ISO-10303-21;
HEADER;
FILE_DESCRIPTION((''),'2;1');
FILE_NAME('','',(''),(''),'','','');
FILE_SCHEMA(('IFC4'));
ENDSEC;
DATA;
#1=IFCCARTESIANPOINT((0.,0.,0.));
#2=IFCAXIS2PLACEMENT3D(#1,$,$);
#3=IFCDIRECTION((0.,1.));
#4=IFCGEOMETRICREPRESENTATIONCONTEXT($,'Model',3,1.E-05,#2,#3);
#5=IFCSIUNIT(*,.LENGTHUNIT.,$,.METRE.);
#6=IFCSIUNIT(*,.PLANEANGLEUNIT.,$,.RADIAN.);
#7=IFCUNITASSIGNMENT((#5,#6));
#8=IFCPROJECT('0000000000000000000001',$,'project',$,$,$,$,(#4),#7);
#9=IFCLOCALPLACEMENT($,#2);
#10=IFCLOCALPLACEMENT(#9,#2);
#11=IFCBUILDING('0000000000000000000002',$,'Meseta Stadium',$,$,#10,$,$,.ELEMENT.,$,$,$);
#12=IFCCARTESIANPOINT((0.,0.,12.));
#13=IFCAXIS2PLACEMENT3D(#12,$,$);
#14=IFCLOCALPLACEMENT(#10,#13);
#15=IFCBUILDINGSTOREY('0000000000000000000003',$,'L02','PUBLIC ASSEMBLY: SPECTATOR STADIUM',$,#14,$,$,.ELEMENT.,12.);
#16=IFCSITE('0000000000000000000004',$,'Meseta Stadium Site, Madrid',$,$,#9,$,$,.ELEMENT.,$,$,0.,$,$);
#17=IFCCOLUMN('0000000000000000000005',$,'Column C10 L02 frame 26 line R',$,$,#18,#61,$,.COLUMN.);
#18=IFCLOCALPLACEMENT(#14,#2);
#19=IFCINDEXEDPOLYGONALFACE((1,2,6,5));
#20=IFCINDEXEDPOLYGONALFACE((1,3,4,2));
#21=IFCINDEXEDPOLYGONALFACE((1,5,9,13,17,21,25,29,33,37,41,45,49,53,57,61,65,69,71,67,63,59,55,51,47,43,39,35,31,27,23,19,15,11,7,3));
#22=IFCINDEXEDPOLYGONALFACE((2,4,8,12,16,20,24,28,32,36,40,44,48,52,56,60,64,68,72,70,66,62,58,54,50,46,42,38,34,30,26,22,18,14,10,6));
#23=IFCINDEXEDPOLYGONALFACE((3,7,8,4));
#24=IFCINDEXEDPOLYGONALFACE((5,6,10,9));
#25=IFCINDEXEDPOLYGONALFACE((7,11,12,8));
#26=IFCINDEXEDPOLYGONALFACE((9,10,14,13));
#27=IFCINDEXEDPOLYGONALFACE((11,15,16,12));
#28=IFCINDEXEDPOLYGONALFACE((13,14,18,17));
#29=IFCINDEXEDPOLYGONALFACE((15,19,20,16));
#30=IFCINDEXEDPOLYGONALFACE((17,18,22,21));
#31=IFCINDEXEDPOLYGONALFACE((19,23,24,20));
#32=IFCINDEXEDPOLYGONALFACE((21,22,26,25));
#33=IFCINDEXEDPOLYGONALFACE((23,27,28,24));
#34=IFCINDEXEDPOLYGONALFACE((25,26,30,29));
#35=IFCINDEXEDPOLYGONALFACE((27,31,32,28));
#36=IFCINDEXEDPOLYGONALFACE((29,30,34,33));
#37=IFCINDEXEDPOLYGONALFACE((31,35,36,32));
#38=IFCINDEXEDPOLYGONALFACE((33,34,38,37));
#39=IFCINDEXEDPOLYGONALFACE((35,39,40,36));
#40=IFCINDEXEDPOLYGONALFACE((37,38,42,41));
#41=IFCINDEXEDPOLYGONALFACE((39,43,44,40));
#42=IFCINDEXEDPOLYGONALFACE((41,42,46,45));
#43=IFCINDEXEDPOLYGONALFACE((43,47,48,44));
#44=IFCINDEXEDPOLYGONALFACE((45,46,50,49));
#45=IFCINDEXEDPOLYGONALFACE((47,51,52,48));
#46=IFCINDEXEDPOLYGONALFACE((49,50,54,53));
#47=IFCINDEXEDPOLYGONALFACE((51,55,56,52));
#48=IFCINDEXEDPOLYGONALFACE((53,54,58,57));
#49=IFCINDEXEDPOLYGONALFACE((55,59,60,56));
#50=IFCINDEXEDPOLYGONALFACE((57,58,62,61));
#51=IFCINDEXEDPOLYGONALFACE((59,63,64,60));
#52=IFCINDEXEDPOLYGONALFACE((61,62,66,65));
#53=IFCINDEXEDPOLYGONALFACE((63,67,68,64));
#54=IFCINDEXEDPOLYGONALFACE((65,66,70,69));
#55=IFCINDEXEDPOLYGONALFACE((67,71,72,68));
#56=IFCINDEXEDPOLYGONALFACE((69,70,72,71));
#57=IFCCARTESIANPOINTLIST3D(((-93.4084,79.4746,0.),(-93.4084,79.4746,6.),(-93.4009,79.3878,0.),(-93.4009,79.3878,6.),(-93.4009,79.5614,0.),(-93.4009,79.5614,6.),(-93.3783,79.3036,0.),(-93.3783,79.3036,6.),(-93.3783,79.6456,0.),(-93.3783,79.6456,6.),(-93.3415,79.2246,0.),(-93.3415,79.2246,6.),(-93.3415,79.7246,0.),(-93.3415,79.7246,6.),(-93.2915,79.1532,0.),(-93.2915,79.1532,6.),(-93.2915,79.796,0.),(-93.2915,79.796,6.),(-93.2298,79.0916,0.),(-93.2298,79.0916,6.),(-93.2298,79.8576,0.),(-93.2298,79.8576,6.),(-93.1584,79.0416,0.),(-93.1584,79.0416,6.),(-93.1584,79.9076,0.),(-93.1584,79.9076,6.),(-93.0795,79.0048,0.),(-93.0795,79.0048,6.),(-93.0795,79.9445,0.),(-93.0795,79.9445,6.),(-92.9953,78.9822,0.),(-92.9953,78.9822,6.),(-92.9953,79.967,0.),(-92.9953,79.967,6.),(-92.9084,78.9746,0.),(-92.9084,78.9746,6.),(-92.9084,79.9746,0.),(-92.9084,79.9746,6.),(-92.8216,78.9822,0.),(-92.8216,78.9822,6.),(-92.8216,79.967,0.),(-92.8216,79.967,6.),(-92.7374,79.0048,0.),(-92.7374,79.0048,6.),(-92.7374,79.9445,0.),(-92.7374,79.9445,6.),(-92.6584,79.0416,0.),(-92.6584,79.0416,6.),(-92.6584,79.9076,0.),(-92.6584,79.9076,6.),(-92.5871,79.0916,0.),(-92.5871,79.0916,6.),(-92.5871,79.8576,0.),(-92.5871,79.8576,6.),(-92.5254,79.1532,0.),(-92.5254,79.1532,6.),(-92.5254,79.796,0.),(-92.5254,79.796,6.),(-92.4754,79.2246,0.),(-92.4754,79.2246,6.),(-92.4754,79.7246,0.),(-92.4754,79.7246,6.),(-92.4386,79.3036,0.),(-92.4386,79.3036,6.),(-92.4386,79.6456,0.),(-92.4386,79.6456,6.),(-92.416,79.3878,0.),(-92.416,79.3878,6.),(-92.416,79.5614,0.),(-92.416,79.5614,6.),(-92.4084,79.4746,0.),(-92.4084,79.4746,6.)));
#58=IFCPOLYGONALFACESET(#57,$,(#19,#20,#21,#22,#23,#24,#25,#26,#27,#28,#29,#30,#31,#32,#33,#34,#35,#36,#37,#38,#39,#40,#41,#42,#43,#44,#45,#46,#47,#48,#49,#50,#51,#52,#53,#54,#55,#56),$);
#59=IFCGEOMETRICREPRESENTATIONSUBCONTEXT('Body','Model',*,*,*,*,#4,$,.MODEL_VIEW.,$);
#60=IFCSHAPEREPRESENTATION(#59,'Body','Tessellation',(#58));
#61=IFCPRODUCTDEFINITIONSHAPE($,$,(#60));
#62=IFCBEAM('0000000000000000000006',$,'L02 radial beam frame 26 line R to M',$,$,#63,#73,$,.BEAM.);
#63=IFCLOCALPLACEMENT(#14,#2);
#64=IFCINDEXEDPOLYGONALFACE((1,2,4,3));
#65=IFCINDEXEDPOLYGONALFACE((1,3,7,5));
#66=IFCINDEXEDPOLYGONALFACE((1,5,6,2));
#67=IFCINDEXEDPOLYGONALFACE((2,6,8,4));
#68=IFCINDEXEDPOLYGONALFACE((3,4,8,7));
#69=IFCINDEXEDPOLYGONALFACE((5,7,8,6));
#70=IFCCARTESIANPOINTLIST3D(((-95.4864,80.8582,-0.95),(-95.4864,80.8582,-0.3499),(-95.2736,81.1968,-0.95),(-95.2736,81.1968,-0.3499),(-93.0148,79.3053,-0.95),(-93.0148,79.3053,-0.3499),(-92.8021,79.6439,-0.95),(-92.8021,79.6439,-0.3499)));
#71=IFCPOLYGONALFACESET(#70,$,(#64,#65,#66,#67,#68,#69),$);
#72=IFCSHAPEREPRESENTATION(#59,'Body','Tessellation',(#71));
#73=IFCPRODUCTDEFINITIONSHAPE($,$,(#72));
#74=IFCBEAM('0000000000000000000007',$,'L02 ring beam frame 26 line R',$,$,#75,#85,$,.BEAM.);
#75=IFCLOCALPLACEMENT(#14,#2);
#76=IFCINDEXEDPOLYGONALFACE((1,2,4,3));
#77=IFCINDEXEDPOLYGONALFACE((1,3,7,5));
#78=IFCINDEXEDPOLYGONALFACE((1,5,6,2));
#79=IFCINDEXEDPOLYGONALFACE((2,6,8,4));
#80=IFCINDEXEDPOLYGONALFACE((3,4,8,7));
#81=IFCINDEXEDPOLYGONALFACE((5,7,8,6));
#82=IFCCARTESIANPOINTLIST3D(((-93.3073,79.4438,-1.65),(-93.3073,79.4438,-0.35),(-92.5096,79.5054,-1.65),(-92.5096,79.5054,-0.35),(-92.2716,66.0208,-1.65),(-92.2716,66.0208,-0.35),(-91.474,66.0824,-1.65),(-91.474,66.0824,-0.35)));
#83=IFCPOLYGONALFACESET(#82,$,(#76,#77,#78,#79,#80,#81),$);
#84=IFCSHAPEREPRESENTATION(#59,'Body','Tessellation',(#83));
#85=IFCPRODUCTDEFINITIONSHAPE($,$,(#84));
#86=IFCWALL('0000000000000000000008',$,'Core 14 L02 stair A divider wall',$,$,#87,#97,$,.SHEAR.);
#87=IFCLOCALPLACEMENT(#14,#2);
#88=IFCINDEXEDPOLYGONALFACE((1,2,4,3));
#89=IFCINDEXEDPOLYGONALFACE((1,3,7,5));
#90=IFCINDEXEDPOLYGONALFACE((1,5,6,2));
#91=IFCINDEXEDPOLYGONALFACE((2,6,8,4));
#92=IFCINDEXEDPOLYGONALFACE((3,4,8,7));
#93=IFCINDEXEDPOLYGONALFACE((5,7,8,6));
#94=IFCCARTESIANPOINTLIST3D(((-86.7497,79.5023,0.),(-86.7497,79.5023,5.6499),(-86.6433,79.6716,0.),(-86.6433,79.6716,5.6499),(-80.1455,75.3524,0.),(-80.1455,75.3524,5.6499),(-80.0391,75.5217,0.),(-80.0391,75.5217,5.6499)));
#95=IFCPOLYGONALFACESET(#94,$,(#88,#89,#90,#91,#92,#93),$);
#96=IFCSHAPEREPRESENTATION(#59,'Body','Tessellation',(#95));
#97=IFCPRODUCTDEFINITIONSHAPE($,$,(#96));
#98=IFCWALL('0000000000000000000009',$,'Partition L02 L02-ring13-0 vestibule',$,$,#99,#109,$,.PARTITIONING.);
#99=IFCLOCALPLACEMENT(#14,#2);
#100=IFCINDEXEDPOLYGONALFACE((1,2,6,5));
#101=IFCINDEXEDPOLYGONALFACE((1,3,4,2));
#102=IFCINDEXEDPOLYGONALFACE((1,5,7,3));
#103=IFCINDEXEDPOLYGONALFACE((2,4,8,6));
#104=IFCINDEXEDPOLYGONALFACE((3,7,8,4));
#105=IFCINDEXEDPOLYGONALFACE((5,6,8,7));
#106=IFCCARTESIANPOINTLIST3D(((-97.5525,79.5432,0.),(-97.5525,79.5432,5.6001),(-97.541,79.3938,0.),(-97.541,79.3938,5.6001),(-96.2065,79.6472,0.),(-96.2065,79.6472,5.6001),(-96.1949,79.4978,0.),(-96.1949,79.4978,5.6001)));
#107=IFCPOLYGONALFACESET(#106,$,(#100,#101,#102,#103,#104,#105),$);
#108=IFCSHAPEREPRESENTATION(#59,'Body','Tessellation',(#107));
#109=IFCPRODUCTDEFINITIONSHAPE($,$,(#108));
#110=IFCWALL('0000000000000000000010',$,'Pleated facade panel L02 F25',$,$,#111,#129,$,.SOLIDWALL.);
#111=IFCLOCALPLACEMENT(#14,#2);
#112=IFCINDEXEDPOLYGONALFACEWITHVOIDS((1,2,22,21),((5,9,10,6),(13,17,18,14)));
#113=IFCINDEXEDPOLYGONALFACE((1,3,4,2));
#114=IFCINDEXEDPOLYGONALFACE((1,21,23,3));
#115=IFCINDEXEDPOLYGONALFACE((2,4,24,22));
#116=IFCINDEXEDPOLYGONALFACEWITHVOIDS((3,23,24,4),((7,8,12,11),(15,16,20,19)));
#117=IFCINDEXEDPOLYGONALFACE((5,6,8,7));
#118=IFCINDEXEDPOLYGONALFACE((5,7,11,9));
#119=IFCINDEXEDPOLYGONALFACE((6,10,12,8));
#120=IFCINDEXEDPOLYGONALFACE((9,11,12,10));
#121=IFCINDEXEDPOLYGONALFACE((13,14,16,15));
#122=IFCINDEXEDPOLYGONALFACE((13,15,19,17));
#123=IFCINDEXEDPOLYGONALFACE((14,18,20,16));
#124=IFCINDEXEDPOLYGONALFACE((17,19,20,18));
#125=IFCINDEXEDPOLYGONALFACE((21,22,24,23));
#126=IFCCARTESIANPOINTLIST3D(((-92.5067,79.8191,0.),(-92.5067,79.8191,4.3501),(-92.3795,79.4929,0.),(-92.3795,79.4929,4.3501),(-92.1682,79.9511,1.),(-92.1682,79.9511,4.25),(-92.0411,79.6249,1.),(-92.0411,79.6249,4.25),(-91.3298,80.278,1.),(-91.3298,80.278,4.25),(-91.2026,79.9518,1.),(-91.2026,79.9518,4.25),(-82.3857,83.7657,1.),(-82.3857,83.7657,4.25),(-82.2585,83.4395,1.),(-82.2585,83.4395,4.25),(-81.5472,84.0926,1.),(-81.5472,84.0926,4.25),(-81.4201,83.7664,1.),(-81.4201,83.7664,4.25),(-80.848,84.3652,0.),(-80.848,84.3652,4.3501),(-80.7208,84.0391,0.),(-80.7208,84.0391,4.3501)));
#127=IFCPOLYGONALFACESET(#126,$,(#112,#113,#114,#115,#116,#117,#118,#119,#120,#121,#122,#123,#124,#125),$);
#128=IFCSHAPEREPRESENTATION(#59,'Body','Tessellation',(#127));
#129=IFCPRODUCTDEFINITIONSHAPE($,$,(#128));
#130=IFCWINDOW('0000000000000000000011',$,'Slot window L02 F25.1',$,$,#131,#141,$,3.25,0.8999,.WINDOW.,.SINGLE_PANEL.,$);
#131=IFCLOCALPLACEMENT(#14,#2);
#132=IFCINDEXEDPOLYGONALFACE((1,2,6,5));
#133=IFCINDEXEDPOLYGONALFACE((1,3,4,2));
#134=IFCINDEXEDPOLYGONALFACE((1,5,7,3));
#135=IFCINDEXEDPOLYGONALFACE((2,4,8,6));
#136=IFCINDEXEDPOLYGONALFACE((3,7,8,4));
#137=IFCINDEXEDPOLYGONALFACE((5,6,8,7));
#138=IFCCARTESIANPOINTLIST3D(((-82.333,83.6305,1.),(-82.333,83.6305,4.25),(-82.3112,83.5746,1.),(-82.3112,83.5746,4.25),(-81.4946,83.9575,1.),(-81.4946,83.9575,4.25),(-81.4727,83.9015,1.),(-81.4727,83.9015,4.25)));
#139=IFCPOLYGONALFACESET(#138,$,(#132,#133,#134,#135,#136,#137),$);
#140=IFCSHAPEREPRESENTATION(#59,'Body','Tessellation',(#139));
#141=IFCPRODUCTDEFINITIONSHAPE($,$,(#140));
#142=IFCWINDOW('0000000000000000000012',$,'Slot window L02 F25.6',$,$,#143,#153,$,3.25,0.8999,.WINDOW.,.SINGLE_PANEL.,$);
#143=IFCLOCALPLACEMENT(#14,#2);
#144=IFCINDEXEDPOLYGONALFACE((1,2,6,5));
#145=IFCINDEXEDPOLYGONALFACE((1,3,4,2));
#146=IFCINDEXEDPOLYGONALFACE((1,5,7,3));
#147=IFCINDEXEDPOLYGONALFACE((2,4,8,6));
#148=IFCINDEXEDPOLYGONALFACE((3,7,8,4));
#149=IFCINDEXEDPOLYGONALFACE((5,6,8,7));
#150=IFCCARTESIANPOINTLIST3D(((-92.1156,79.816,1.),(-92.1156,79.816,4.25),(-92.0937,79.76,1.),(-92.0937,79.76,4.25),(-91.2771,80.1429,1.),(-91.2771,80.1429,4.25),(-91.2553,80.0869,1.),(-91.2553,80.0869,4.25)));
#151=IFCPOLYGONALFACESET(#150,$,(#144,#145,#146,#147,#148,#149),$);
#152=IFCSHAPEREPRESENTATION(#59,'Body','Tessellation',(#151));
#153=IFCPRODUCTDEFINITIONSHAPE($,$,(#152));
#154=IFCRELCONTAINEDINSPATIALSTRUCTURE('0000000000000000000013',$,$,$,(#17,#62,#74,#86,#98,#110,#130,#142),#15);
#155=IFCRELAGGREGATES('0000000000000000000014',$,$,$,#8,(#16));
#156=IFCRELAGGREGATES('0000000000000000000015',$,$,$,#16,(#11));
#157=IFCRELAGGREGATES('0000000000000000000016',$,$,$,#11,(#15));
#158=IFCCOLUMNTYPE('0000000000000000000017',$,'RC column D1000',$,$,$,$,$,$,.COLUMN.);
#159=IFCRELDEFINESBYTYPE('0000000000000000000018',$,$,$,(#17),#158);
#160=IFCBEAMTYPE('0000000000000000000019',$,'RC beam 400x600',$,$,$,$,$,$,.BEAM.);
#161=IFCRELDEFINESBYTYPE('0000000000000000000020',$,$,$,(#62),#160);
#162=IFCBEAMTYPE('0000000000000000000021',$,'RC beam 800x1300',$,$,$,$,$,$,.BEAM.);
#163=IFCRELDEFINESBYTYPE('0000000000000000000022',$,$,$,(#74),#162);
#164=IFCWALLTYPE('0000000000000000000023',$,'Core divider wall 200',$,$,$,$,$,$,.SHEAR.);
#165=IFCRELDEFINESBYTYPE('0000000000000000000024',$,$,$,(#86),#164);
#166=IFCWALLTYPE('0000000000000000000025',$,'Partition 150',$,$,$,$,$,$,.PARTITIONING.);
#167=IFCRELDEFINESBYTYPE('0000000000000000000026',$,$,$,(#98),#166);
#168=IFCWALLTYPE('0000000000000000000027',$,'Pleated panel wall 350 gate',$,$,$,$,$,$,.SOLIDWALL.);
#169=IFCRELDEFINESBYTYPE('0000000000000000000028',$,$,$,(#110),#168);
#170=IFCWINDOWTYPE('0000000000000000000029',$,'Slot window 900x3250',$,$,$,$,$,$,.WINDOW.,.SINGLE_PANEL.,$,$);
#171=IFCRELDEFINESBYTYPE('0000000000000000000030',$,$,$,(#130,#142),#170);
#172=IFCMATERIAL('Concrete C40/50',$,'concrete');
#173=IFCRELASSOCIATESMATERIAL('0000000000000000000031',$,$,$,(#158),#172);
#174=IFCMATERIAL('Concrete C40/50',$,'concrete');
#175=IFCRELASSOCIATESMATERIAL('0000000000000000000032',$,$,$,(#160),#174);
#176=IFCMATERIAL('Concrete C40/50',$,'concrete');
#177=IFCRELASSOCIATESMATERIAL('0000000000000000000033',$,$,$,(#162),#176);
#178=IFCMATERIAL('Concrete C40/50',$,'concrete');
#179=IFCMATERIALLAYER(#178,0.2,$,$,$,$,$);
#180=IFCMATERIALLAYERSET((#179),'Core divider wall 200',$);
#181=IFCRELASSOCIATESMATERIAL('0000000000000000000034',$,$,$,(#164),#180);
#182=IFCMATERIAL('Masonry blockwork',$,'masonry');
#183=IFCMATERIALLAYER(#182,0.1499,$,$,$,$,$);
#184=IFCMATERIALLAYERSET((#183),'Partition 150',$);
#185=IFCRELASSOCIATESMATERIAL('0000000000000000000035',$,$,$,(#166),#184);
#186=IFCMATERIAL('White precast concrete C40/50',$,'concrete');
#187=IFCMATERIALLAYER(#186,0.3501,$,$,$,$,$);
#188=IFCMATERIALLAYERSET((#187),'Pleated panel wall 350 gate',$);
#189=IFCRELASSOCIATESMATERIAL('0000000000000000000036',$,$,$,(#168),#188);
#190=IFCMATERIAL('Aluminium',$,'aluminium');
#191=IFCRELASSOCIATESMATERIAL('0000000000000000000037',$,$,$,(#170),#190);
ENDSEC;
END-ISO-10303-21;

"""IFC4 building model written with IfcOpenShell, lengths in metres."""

from ifc_helpers import new_model, si_unit, direction, frame, frame_2d, origin, origin_2d, place, context, subcontext, project, spatial, rectangle, circle, extrude, material, layer, layer_set, material_profile, profile_set, type_object, element, fill, save


model = new_model("IFC4")

# Units and contexts
model_context = context("Model", 3, precision=1e-05, world=origin(), true_north=direction((0.0, 1.0)))
body_context = subcontext(model_context, "Body", "Model", "MODEL_VIEW")
ifc_project = project(units=[si_unit("LENGTHUNIT", "METRE"), si_unit("PLANEANGLEUNIT", "RADIAN")], contexts=[model_context])

# Site, building, storey
site_placement = place(None, origin())
site = spatial("IfcSite", under=ifc_project, at=site_placement, Name="Meseta Stadium Site, Madrid", CompositionType="ELEMENT", RefElevation=0.0)
building_placement = place(site_placement, origin())
building = spatial("IfcBuilding", under=site, at=building_placement, Name="Meseta Stadium", CompositionType="ELEMENT")
storey_placement = place(building_placement, frame((0.0, 0.0, 12.0)))
storey = spatial("IfcBuildingStorey", under=building, at=storey_placement, Name="L02", Description="PUBLIC ASSEMBLY: SPECTATOR STADIUM", CompositionType="ELEMENT", Elevation=12.0)

# Column
ifc_material_1 = material(Name="Concrete C40/50", Category="concrete")
ifc_material_profile_1 = material_profile(ifc_material_1, circle(Radius=0.5, at=origin_2d()), Name="RC D1000")
ifc_profile_set_1 = profile_set([ifc_material_profile_1], Name="Concrete C40/50")
column_type = type_object("IfcColumnType", Name="RC column D1000", PredefinedType="COLUMN", material=ifc_profile_set_1)
column_placement = place(storey_placement, frame((-92.9084, 79.4746, 0.0), z_axis=(0.0, 0.0, 1.0), x_axis=(1.0, 0.0, 0.0)))
element("IfcColumn", 1, at=column_placement, inside=storey, type_object=column_type, Name="Column C10 L02 frame 26 line R", PredefinedType="COLUMN", context=body_context, shape_type="SweptSolid", body=[
    extrude(circle(Radius=0.5, at=origin_2d()), origin(), (0.0, 0.0, 1.0), 6.0),
])

# Beams
ifc_material_2 = material(Name="Concrete C40/50", Category="concrete")
ifc_material_profile_2 = material_profile(ifc_material_2, rectangle(XDim=0.3999, YDim=0.6001, at=origin_2d()), Name="RC 400x600")
ifc_profile_set_2 = profile_set([ifc_material_profile_2], Name="Concrete C40/50")
beam_type_1 = type_object("IfcBeamType", Name="RC beam 400x600", PredefinedType="BEAM", material=ifc_profile_set_2)
beam_1_placement = place(storey_placement, frame((-92.9084, 79.4746, -0.6499), z_axis=(-0.846737, 0.532012, 0.0), x_axis=(-0.532012, -0.846737, 0.0)))
element("IfcBeam", 2, at=beam_1_placement, inside=storey, type_object=beam_type_1, Name="L02 radial beam frame 26 line R to M", PredefinedType="BEAM", context=body_context, shape_type="SweptSolid", body=[
    extrude(rectangle(XDim=0.3999, YDim=0.6001, at=origin_2d()), origin(), (0.0, 0.0, 1.0), 2.9189),
])
ifc_material_3 = material(Name="Concrete C40/50", Category="concrete")
ifc_material_profile_3 = material_profile(ifc_material_3, rectangle(XDim=0.8, YDim=1.3, at=origin_2d()), Name="RC 800x1300")
ifc_profile_set_3 = profile_set([ifc_material_profile_3], Name="Concrete C40/50")
beam_type_2 = type_object("IfcBeamType", Name="RC beam 800x1300", PredefinedType="BEAM", material=ifc_profile_set_3)
beam_2_placement = place(storey_placement, frame((-92.9084, 79.4746, -1.0), z_axis=(0.076925, -0.997037, 0.0), x_axis=(0.997037, 0.076925, 0.0)))
element("IfcBeam", 3, at=beam_2_placement, inside=storey, type_object=beam_type_2, Name="L02 ring beam frame 26 line R", PredefinedType="BEAM", context=body_context, shape_type="SweptSolid", body=[
    extrude(rectangle(XDim=0.8, YDim=1.3, at=origin_2d()), origin(), (0.0, 0.0, 1.0), 13.4629),
])

# Walls
ifc_material_4 = material(Name="Concrete C40/50", Category="concrete")
ifc_layer_1 = layer(ifc_material_4, 0.2)
ifc_layer_set_1 = layer_set([ifc_layer_1], Name="Core divider wall 200")
wall_type_1 = type_object("IfcWallType", Name="Core divider wall 200", PredefinedType="SHEAR", material=ifc_layer_set_1)
wall_1_placement = place(storey_placement, frame((-86.6965, 79.5869, 0.0), z_axis=(0.0, 0.0, 1.0), x_axis=(0.846714, -0.532048, 0.0)))
element("IfcWall", 4, at=wall_1_placement, inside=storey, type_object=wall_type_1, Name="Core 14 L02 stair A divider wall", PredefinedType="SHEAR", context=body_context, shape_type="SweptSolid", body=[
    extrude(rectangle(XDim=7.7998, YDim=0.2, at=frame_2d((3.8999, 0.0))), origin(), (0.0, 0.0, 1.0), 5.6499),
])
ifc_material_5 = material(Name="Masonry blockwork", Category="masonry")
ifc_layer_2 = layer(ifc_material_5, 0.1499)
ifc_layer_set_2 = layer_set([ifc_layer_2], Name="Partition 150")
wall_type_2 = type_object("IfcWallType", Name="Partition 150", PredefinedType="PARTITIONING", material=ifc_layer_set_2)
wall_2_placement = place(storey_placement, frame((-96.2007, 79.5725, 0.0), z_axis=(0.0, 0.0, 1.0), x_axis=(-0.997029, -0.077028, 0.0)))
element("IfcWall", 5, at=wall_2_placement, inside=storey, type_object=wall_type_2, Name="Partition L02 L02-ring13-0 vestibule", PredefinedType="PARTITIONING", context=body_context, shape_type="SweptSolid", body=[
    extrude(rectangle(XDim=1.3501, YDim=0.1499, at=frame_2d((0.675, 0.0))), origin(), (0.0, 0.0, 1.0), 5.6001),
])

# Wall, openings, windows
ifc_material_6 = material(Name="White precast concrete C40/50", Category="concrete")
ifc_layer_3 = layer(ifc_material_6, 0.3501)
ifc_layer_set_3 = layer_set([ifc_layer_3], Name="Pleated panel wall 350 gate")
wall_type_3 = type_object("IfcWallType", Name="Pleated panel wall 350 gate", PredefinedType="SOLIDWALL", material=ifc_layer_set_3)
wall_3_placement = place(storey_placement, frame((-92.4431, 79.656, 0.0), z_axis=(0.0, 0.0, 1.0), x_axis=(0.931675, 0.363293, 0.0)))
wall_3 = element("IfcWall", 6, at=wall_3_placement, inside=storey, type_object=wall_type_3, Name="Pleated facade panel L02 F25", PredefinedType="SOLIDWALL", context=body_context, shape_type="SweptSolid", body=[
    extrude(rectangle(XDim=12.5137, YDim=0.3501, at=frame_2d((6.2568, 0.0))), origin(), (0.0, 0.0, 1.0), 4.3501),
])
opening_1_placement = place(wall_3_placement, frame((10.8633, 0.0, 1.0)))
opening_1 = element("IfcOpeningElement", 7, at=opening_1_placement, cuts=wall_3, PredefinedType="OPENING", context=body_context, shape_type="SweptSolid", body=[
    extrude(rectangle(XDim=0.8999, YDim=3.25, at=frame_2d((0.45, 1.625))), frame((0.0, 0.1851, 0.0), z_axis=(0.0, -1.0, 0.0), x_axis=(1.0, 0.0, 0.0)), (0.0, 0.0, 1.0), 0.3701),
])
opening_2_placement = place(wall_3_placement, frame((0.3633, 0.0, 1.0)))
opening_2 = element("IfcOpeningElement", 8, at=opening_2_placement, cuts=wall_3, PredefinedType="OPENING", context=body_context, shape_type="SweptSolid", body=[
    extrude(rectangle(XDim=0.8999, YDim=3.25, at=frame_2d((0.45, 1.625))), frame((0.0, 0.1851, 0.0), z_axis=(0.0, -1.0, 0.0), x_axis=(1.0, 0.0, 0.0)), (0.0, 0.0, 1.0), 0.3701),
])
ifc_material_7 = material(Name="Aluminium", Category="aluminium")
window_type = type_object("IfcWindowType", Name="Slot window 900x3250", PartitioningType="SINGLE_PANEL", PredefinedType="WINDOW", material=ifc_material_7)
window_1_placement = place(opening_1_placement, origin())
window_1 = element("IfcWindow", 9, at=window_1_placement, inside=storey, type_object=window_type, Name="Slot window L02 F25.1", OverallHeight=3.25, OverallWidth=0.8999, PartitioningType="SINGLE_PANEL", PredefinedType="WINDOW", context=body_context, shape_type="SweptSolid", body=[
    extrude(rectangle(XDim=0.8999, YDim=3.25, at=frame_2d((0.45, 1.625))), frame((0.0, 0.03, 0.0), z_axis=(0.0, -1.0, 0.0), x_axis=(1.0, 0.0, 0.0)), (0.0, 0.0, 1.0), 0.0601),
])
fill(opening_1, window_1)
window_2_placement = place(opening_2_placement, origin())
window_2 = element("IfcWindow", 10, at=window_2_placement, inside=storey, type_object=window_type, Name="Slot window L02 F25.6", OverallHeight=3.25, OverallWidth=0.8999, PartitioningType="SINGLE_PANEL", PredefinedType="WINDOW", context=body_context, shape_type="SweptSolid", body=[
    extrude(rectangle(XDim=0.8999, YDim=3.25, at=frame_2d((0.45, 1.625))), frame((0.0, 0.03, 0.0), z_axis=(0.0, -1.0, 0.0), x_axis=(1.0, 0.0, 0.0)), (0.0, 0.0, 1.0), 0.0601),
])
fill(opening_2, window_2)

save(model, "model.ifc")
